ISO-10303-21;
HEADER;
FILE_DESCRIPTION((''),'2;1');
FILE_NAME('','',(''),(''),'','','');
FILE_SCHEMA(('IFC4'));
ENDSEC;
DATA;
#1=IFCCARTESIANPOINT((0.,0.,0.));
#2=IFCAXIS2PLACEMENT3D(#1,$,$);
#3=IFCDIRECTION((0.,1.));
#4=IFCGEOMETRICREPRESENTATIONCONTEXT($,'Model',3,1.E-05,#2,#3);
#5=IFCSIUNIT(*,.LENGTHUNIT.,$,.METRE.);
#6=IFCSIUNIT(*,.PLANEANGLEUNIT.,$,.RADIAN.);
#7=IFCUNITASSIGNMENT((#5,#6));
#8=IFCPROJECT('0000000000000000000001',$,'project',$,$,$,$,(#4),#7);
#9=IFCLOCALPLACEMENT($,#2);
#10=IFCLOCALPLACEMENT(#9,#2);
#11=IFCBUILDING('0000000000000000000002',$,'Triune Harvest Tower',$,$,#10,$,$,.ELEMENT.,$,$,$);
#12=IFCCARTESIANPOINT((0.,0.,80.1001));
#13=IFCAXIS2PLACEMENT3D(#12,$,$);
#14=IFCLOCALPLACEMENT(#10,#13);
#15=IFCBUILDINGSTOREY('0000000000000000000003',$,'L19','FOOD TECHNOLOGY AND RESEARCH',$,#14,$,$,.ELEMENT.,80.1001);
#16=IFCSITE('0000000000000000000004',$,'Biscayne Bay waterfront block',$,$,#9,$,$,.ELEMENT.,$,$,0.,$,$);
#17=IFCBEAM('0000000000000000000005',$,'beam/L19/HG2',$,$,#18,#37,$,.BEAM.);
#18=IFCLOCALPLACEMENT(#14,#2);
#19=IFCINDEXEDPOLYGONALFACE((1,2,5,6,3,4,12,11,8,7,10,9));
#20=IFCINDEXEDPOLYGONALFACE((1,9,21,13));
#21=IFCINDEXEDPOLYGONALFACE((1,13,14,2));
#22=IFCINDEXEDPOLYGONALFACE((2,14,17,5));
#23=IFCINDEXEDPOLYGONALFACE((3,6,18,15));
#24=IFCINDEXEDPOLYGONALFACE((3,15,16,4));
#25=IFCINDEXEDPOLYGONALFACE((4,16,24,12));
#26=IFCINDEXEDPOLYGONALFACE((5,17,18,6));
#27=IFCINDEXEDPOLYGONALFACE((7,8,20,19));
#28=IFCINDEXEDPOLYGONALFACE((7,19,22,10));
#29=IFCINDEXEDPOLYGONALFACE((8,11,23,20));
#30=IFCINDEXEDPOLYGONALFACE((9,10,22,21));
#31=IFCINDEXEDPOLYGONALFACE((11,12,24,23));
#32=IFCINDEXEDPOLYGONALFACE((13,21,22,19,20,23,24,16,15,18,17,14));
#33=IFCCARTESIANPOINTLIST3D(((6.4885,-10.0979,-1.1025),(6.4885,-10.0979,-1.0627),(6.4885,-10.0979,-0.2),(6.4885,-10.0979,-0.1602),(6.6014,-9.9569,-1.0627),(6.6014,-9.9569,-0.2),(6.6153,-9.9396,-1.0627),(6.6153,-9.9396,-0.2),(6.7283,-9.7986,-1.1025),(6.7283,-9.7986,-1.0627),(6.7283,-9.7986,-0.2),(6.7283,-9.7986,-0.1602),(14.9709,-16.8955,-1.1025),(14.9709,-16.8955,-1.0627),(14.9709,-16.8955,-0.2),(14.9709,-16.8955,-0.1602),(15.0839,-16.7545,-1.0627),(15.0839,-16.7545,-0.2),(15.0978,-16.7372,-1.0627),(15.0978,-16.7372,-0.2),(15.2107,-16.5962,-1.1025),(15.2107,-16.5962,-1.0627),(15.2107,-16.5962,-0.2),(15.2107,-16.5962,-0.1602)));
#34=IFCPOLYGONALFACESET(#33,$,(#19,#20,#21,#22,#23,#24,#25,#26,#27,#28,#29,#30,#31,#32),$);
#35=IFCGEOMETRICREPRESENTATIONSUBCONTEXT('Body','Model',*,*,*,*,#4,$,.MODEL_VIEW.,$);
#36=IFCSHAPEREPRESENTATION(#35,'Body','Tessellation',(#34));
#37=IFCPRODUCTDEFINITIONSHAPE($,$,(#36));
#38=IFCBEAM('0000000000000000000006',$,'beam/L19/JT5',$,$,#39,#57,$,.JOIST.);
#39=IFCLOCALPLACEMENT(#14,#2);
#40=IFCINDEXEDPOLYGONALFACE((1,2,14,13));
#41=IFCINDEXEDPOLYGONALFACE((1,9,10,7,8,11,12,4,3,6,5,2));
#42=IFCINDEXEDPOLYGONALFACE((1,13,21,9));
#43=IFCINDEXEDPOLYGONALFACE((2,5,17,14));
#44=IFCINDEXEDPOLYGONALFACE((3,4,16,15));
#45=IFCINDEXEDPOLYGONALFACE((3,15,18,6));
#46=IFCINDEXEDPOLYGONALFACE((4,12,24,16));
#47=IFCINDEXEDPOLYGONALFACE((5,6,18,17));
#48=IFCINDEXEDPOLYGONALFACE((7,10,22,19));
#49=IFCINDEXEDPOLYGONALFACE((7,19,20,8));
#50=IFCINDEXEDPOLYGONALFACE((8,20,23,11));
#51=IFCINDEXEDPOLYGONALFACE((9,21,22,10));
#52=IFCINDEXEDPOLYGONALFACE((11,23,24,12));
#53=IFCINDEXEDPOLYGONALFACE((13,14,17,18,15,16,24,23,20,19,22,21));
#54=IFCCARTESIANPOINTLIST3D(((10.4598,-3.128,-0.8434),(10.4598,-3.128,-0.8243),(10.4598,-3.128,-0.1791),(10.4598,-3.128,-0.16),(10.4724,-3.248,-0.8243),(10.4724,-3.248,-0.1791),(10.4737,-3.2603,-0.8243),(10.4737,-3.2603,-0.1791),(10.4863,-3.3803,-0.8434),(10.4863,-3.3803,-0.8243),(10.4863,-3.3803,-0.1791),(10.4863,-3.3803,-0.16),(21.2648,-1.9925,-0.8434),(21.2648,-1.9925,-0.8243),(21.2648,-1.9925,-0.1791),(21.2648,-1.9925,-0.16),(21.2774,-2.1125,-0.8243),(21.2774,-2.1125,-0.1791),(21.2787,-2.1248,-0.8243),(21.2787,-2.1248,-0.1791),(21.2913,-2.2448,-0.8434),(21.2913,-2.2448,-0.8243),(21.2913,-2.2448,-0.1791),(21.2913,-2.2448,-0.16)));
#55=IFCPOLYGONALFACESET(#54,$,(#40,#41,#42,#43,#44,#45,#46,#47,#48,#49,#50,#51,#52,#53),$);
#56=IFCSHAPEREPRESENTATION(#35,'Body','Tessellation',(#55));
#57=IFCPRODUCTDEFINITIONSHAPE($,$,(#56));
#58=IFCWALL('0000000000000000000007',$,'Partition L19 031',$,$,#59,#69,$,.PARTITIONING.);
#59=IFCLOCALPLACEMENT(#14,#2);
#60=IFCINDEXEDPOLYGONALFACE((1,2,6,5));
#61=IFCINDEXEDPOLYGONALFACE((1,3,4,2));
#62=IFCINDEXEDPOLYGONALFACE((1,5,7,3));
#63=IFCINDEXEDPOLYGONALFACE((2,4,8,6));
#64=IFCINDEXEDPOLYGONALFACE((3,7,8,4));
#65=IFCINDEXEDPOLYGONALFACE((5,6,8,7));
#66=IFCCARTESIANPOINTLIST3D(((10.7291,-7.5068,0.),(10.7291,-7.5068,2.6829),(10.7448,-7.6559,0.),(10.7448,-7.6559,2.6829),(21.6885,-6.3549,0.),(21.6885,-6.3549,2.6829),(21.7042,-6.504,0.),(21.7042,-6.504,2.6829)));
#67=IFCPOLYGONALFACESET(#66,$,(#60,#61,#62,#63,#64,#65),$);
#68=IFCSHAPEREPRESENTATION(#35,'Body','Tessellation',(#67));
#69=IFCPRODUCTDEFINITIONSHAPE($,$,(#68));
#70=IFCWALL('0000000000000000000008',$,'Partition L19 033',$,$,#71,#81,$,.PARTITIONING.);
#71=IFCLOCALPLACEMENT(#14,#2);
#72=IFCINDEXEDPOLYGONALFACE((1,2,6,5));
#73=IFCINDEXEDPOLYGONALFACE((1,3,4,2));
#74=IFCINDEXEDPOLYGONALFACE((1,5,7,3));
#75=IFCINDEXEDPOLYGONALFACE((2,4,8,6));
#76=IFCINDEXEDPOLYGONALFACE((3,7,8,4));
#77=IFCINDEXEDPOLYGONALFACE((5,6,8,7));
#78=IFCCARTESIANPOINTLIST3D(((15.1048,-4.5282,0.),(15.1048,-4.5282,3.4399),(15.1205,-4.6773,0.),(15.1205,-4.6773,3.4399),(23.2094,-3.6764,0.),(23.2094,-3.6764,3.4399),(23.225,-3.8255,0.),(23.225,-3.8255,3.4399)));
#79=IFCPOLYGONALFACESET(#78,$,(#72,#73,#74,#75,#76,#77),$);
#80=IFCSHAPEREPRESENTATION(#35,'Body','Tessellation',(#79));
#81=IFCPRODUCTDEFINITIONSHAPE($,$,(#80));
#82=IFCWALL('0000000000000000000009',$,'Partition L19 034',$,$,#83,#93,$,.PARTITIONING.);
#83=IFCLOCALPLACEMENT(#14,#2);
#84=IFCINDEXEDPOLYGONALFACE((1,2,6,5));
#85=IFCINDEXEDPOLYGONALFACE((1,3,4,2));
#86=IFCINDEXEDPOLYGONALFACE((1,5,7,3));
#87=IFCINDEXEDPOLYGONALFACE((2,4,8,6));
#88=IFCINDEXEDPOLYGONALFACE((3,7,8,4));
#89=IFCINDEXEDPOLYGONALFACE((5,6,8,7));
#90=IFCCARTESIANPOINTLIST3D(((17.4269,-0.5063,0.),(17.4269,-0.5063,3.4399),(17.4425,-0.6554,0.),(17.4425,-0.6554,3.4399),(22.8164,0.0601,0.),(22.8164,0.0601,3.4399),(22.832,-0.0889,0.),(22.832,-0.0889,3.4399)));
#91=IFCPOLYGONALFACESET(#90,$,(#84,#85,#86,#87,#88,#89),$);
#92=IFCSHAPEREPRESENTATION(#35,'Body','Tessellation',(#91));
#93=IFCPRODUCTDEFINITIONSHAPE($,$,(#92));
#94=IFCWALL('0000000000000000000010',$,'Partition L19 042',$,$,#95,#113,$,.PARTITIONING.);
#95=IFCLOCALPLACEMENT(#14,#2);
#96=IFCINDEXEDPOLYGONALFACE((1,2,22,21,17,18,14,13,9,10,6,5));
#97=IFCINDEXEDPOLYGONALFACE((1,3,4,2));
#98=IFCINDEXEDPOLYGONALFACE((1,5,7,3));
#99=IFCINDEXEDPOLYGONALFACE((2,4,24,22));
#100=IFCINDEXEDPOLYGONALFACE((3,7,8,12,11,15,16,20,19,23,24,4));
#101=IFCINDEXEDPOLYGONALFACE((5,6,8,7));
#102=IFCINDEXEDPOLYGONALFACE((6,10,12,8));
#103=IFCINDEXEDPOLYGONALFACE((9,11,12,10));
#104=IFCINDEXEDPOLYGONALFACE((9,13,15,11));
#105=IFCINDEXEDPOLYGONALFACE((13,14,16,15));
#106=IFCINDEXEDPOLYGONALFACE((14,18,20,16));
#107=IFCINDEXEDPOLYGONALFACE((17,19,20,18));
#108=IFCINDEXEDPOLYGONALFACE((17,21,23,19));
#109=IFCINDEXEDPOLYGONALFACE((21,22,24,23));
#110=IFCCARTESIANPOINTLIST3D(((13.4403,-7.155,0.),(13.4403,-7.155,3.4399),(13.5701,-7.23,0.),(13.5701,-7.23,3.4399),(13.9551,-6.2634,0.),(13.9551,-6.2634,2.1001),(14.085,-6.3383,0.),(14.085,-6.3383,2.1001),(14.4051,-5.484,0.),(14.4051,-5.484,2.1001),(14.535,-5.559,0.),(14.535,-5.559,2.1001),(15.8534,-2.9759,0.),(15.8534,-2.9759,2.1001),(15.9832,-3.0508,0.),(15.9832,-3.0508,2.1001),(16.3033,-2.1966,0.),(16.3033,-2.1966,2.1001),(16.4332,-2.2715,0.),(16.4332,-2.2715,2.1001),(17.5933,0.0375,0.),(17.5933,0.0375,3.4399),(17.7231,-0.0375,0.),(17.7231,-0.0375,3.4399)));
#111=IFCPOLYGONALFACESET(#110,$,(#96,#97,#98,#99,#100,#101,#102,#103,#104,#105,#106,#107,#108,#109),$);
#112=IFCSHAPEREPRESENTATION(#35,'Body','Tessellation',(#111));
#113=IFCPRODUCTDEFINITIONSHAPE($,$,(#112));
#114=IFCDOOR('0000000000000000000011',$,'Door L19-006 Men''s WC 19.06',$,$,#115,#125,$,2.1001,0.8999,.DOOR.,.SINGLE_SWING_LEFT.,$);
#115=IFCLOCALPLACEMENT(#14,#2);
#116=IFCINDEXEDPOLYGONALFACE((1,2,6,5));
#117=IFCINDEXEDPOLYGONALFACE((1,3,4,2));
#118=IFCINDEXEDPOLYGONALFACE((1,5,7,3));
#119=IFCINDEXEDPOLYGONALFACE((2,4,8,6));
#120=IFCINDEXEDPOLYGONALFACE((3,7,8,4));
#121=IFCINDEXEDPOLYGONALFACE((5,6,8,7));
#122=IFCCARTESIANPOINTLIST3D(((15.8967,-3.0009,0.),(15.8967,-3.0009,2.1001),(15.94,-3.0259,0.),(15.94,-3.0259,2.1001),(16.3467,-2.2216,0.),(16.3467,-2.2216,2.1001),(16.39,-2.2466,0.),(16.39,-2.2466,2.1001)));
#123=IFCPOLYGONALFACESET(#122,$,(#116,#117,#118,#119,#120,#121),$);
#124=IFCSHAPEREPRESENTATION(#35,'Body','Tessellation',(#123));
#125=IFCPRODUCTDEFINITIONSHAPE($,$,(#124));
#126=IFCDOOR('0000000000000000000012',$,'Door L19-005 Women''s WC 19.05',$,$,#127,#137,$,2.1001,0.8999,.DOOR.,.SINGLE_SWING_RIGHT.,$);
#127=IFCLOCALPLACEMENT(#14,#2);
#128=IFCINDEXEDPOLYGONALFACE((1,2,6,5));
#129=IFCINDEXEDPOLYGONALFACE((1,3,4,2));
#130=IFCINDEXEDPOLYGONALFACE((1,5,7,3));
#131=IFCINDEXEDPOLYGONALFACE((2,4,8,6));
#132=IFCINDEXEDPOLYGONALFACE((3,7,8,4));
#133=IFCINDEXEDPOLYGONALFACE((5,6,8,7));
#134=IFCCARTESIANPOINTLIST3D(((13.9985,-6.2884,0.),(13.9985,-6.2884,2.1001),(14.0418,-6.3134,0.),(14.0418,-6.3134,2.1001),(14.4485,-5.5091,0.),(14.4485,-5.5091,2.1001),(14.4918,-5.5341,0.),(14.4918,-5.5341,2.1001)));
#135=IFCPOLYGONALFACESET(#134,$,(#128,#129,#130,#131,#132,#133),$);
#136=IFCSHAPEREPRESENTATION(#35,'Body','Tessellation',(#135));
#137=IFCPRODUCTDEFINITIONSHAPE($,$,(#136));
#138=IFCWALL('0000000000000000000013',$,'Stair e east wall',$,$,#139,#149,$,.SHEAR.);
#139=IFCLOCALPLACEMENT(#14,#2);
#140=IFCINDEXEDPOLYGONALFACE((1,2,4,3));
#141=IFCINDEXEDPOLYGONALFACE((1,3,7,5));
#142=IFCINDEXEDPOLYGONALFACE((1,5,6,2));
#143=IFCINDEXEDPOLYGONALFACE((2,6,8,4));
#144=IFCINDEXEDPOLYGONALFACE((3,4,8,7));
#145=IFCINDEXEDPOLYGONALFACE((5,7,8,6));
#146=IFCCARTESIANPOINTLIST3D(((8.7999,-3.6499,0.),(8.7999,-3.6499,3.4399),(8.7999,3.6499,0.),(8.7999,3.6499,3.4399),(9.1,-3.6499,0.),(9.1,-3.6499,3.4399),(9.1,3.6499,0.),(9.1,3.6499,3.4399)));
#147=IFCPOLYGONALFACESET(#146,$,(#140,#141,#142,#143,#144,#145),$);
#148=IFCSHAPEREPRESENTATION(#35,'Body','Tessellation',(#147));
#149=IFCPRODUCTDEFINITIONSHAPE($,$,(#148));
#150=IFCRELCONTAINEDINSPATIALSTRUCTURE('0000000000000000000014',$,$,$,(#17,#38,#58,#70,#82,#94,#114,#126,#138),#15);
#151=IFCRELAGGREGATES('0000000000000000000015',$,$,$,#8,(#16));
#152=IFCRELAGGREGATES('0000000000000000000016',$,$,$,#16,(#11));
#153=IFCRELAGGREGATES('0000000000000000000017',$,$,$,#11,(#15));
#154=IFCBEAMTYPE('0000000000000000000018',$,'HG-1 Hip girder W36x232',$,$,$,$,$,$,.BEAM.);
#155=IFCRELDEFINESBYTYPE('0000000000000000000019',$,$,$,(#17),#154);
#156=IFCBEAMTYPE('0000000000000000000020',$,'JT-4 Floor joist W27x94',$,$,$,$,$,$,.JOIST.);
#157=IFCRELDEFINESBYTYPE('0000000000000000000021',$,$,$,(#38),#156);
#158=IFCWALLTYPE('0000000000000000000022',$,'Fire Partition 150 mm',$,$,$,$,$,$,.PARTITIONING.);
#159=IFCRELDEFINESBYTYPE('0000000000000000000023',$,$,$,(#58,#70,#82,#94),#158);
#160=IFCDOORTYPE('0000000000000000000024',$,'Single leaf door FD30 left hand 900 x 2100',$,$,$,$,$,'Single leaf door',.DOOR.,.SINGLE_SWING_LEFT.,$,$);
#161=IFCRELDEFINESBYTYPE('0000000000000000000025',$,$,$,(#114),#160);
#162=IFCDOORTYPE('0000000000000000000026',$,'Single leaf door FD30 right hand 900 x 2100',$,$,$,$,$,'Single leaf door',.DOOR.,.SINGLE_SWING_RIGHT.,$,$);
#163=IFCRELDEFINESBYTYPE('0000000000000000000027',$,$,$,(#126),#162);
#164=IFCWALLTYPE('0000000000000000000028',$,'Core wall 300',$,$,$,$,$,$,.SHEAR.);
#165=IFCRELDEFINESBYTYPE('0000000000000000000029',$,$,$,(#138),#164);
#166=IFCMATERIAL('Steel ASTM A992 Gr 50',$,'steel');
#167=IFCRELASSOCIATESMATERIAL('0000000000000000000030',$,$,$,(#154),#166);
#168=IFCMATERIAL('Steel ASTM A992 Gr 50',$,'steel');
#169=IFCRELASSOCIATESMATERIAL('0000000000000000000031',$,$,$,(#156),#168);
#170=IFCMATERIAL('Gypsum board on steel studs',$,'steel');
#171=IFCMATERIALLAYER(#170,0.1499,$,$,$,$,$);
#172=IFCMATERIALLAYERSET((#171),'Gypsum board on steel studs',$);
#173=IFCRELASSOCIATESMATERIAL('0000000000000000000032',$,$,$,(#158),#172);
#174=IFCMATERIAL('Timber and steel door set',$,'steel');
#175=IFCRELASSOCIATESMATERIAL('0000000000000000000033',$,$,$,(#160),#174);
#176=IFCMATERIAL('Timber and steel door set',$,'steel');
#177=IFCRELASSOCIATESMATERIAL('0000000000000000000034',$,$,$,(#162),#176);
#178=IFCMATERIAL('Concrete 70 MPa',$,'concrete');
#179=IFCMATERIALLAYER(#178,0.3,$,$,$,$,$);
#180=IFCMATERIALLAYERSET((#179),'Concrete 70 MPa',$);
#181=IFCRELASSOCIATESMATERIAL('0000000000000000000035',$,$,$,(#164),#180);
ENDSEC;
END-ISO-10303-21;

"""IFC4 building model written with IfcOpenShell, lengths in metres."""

from ifc_helpers import new_model, si_unit, direction, frame, frame_2d, origin, origin_2d, place, context, subcontext, project, spatial, rectangle, i_section, extrude, source, transform, mapped, material, layer, layer_set, material_profile, profile_set, type_object, element, fill, save


model = new_model("IFC4")

# Units and contexts
model_context = context("Model", 3, precision=1e-05, world=origin(), true_north=direction((0.0, 1.0)))
body_context = subcontext(model_context, "Body", "Model", "MODEL_VIEW")
ifc_project = project(units=[si_unit("LENGTHUNIT", "METRE"), si_unit("PLANEANGLEUNIT", "RADIAN")], contexts=[model_context])

# Site, building, storey
site_placement = place(None, origin())
site = spatial("IfcSite", under=ifc_project, at=site_placement, Name="Biscayne Bay waterfront block", CompositionType="ELEMENT", RefElevation=0.0)
building_placement = place(site_placement, origin())
building = spatial("IfcBuilding", under=site, at=building_placement, Name="Triune Harvest Tower", CompositionType="ELEMENT")
storey_placement = place(building_placement, frame((0.0, 0.0, 80.1001)))
storey = spatial("IfcBuildingStorey", under=building, at=storey_placement, Name="L19", Description="FOOD TECHNOLOGY AND RESEARCH", CompositionType="ELEMENT", Elevation=80.1001)

# Beams
ifc_material_1 = material(Name="Steel ASTM A992 Gr 50", Category="steel")
ifc_material_profile_1 = material_profile(ifc_material_1, i_section(OverallWidth=0.3835, OverallDepth=0.9424, WebThickness=0.0222, FlangeThickness=0.0398, at=origin_2d()), Name="W36x232")
ifc_profile_set_1 = profile_set([ifc_material_profile_1], Name="Steel ASTM A992 Gr 50")
beam_type_1 = type_object("IfcBeamType", Name="HG-1 Hip girder W36x232", PredefinedType="BEAM", material=ifc_profile_set_1)
shared_shape_1 = source(origin(), body_context, "Body", "SweptSolid", [
    extrude(i_section(OverallWidth=0.3835, OverallDepth=0.9424, WebThickness=0.0222, FlangeThickness=0.0398, at=origin_2d()), origin(), (0.0, 0.0, 1.0), 10.8701),
])
beam_1_placement = place(storey_placement, frame((15.0908, -16.7458, -0.6313), z_axis=(-0.780345, 0.625349, 0.0), x_axis=(-0.625349, -0.780345, 0.0)))
element("IfcBeam", 1, at=beam_1_placement, inside=storey, type_object=beam_type_1, Name="beam/L19/HG2", PredefinedType="BEAM", context=body_context, shape_type="MappedRepresentation", body=[
    mapped(shared_shape_1, transform((0.0, 0.0, 0.0), scale=1.0)),
])
ifc_material_2 = material(Name="Steel ASTM A992 Gr 50", Category="steel")
ifc_material_profile_2 = material_profile(ifc_material_2, i_section(OverallWidth=0.2537, OverallDepth=0.6833, WebThickness=0.0125, FlangeThickness=0.019, at=origin_2d()), Name="W27x94")
ifc_profile_set_2 = profile_set([ifc_material_profile_2], Name="Steel ASTM A992 Gr 50")
beam_type_2 = type_object("IfcBeamType", Name="JT-4 Floor joist W27x94", PredefinedType="JOIST", material=ifc_profile_set_2)
shared_shape_2 = source(origin(), body_context, "Body", "SweptSolid", [
    extrude(i_section(OverallWidth=0.2537, OverallDepth=0.6833, WebThickness=0.0125, FlangeThickness=0.019, at=origin_2d()), origin(), (0.0, 0.0, 1.0), 10.8645),
])
beam_2_placement = place(storey_placement, frame((21.2781, -2.1187, -0.5017), z_axis=(-0.994523, -0.104515, 0.0), x_axis=(0.104515, -0.994523, 0.0)))
element("IfcBeam", 2, at=beam_2_placement, inside=storey, type_object=beam_type_2, Name="beam/L19/JT5", PredefinedType="JOIST", context=body_context, shape_type="MappedRepresentation", body=[
    mapped(shared_shape_2, transform((0.0, 0.0, 0.0), scale=1.0)),
])

# Walls
ifc_material_3 = material(Name="Gypsum board on steel studs", Category="steel")
ifc_layer_1 = layer(ifc_material_3, 0.1499)
ifc_layer_set_1 = layer_set([ifc_layer_1], Name="Gypsum board on steel studs")
wall_type_1 = type_object("IfcWallType", Name="Fire Partition 150 mm", PredefinedType="PARTITIONING", material=ifc_layer_set_1)
wall_1_placement = place(storey_placement, frame((10.7371, -7.5813, 0.0), z_axis=(0.0, 0.0, 1.0), x_axis=(0.994522, 0.104526, 0.0)))
element("IfcWall", 3, at=wall_1_placement, inside=storey, type_object=wall_type_1, Name="Partition L19 031", PredefinedType="PARTITIONING", context=body_context, shape_type="SweptSolid", body=[
    extrude(rectangle(XDim=11.0198, YDim=0.1499, at=frame_2d((5.5098, 0.0))), origin(), (0.0, 0.0, 1.0), 2.6829),
])
wall_2_placement = place(storey_placement, frame((15.1125, -4.6028, 0.0), z_axis=(0.0, 0.0, 1.0), x_axis=(0.994522, 0.104527, 0.0)))
element("IfcWall", 4, at=wall_2_placement, inside=storey, type_object=wall_type_1, Name="Partition L19 033", PredefinedType="PARTITIONING", context=body_context, shape_type="SweptSolid", body=[
    extrude(rectangle(XDim=8.1492, YDim=0.1499, at=frame_2d((4.0747, 0.0))), origin(), (0.0, 0.0, 1.0), 3.4399),
])
wall_3_placement = place(storey_placement, frame((17.4348, -0.5808, 0.0), z_axis=(0.0, 0.0, 1.0), x_axis=(0.994523, 0.104521, 0.0)))
element("IfcWall", 5, at=wall_3_placement, inside=storey, type_object=wall_type_1, Name="Partition L19 034", PredefinedType="PARTITIONING", context=body_context, shape_type="SweptSolid", body=[
    extrude(rectangle(XDim=5.4192, YDim=0.1499, at=frame_2d((2.7095, 0.0))), origin(), (0.0, 0.0, 1.0), 3.4399),
])

# Wall, openings, doors
wall_4_placement = place(storey_placement, frame((13.5051, -7.1926, 0.0), z_axis=(0.0, 0.0, 1.0), x_axis=(0.500037, 0.866004, 0.0)))
wall_4 = element("IfcWall", 6, at=wall_4_placement, inside=storey, type_object=wall_type_1, Name="Partition L19 042", PredefinedType="PARTITIONING", context=body_context, shape_type="SweptSolid", body=[
    extrude(rectangle(XDim=8.3054, YDim=0.1499, at=frame_2d((4.1528, 0.0))), origin(), (0.0, 0.0, 1.0), 3.4399),
])
opening_1_placement = place(wall_4_placement, frame((1.0298, 0.0, 0.0)))
opening_1 = element("IfcOpeningElement", 7, at=opening_1_placement, cuts=wall_4, PredefinedType="OPENING", context=body_context, shape_type="SweptSolid", body=[
    extrude(rectangle(XDim=0.8999, YDim=2.1001, at=frame_2d((0.45, 1.05))), frame((0.0, 0.085, 0.0), z_axis=(0.0, -1.0, 0.0), x_axis=(1.0, 0.0, 0.0)), (0.0, 0.0, 1.0), 0.1699),
])
opening_2_placement = place(wall_4_placement, frame((4.8259, 0.0, 0.0)))
opening_2 = element("IfcOpeningElement", 8, at=opening_2_placement, cuts=wall_4, PredefinedType="OPENING", context=body_context, shape_type="SweptSolid", body=[
    extrude(rectangle(XDim=0.8999, YDim=2.1001, at=frame_2d((0.45, 1.05))), frame((0.0, 0.085, 0.0), z_axis=(0.0, -1.0, 0.0), x_axis=(1.0, 0.0, 0.0)), (0.0, 0.0, 1.0), 0.1699),
])
ifc_material_4 = material(Name="Timber and steel door set", Category="steel")
door_type_1 = type_object("IfcDoorType", Name="Single leaf door FD30 left hand 900 x 2100", ElementType="Single leaf door", OperationType="SINGLE_SWING_LEFT", PredefinedType="DOOR", material=ifc_material_4)
door_1_placement = place(opening_2_placement, origin())
door_1 = element("IfcDoor", 9, at=door_1_placement, inside=storey, type_object=door_type_1, Name="Door L19-006 Men's WC 19.06", OperationType="SINGLE_SWING_LEFT", OverallHeight=2.1001, OverallWidth=0.8999, PredefinedType="DOOR", context=body_context, shape_type="SweptSolid", body=[
    extrude(rectangle(XDim=0.8999, YDim=2.1001, at=frame_2d((0.45, 1.05))), frame((0.0, 0.0249, 0.0), z_axis=(0.0, -1.0, 0.0), x_axis=(1.0, 0.0, 0.0)), (0.0, 0.0, 1.0), 0.05),
])
fill(opening_2, door_1)
ifc_material_5 = material(Name="Timber and steel door set", Category="steel")
door_type_2 = type_object("IfcDoorType", Name="Single leaf door FD30 right hand 900 x 2100", ElementType="Single leaf door", OperationType="SINGLE_SWING_RIGHT", PredefinedType="DOOR", material=ifc_material_5)
door_2_placement = place(opening_1_placement, origin())
door_2 = element("IfcDoor", 10, at=door_2_placement, inside=storey, type_object=door_type_2, Name="Door L19-005 Women's WC 19.05", OperationType="SINGLE_SWING_RIGHT", OverallHeight=2.1001, OverallWidth=0.8999, PredefinedType="DOOR", context=body_context, shape_type="SweptSolid", body=[
    extrude(rectangle(XDim=0.8999, YDim=2.1001, at=frame_2d((0.45, 1.05))), frame((0.0, 0.0249, 0.0), z_axis=(0.0, -1.0, 0.0), x_axis=(1.0, 0.0, 0.0)), (0.0, 0.0, 1.0), 0.05),
])
fill(opening_1, door_2)

# Wall
ifc_material_6 = material(Name="Concrete 70 MPa", Category="concrete")
ifc_layer_2 = layer(ifc_material_6, 0.3)
ifc_layer_set_2 = layer_set([ifc_layer_2], Name="Concrete 70 MPa")
wall_type_2 = type_object("IfcWallType", Name="Core wall 300", PredefinedType="SHEAR", material=ifc_layer_set_2)
shared_shape_3 = source(origin(), body_context, "Body", "SweptSolid", [
    extrude(rectangle(XDim=7.2998, YDim=0.3, at=frame_2d((3.6499, 0.0))), origin(), (0.0, 0.0, 1.0), 3.4399),
])
wall_5_placement = place(storey_placement, frame((8.95, -3.6499, 0.0), z_axis=(0.0, 0.0, 1.0), x_axis=(0.0, 1.0, 0.0)))
element("IfcWall", 11, at=wall_5_placement, inside=storey, type_object=wall_type_2, Name="Stair e east wall", PredefinedType="SHEAR", context=body_context, shape_type="MappedRepresentation", body=[
    mapped(shared_shape_3, transform((0.0, 0.0, 0.0), scale=1.0)),
])

save(model, "model.ifc")
